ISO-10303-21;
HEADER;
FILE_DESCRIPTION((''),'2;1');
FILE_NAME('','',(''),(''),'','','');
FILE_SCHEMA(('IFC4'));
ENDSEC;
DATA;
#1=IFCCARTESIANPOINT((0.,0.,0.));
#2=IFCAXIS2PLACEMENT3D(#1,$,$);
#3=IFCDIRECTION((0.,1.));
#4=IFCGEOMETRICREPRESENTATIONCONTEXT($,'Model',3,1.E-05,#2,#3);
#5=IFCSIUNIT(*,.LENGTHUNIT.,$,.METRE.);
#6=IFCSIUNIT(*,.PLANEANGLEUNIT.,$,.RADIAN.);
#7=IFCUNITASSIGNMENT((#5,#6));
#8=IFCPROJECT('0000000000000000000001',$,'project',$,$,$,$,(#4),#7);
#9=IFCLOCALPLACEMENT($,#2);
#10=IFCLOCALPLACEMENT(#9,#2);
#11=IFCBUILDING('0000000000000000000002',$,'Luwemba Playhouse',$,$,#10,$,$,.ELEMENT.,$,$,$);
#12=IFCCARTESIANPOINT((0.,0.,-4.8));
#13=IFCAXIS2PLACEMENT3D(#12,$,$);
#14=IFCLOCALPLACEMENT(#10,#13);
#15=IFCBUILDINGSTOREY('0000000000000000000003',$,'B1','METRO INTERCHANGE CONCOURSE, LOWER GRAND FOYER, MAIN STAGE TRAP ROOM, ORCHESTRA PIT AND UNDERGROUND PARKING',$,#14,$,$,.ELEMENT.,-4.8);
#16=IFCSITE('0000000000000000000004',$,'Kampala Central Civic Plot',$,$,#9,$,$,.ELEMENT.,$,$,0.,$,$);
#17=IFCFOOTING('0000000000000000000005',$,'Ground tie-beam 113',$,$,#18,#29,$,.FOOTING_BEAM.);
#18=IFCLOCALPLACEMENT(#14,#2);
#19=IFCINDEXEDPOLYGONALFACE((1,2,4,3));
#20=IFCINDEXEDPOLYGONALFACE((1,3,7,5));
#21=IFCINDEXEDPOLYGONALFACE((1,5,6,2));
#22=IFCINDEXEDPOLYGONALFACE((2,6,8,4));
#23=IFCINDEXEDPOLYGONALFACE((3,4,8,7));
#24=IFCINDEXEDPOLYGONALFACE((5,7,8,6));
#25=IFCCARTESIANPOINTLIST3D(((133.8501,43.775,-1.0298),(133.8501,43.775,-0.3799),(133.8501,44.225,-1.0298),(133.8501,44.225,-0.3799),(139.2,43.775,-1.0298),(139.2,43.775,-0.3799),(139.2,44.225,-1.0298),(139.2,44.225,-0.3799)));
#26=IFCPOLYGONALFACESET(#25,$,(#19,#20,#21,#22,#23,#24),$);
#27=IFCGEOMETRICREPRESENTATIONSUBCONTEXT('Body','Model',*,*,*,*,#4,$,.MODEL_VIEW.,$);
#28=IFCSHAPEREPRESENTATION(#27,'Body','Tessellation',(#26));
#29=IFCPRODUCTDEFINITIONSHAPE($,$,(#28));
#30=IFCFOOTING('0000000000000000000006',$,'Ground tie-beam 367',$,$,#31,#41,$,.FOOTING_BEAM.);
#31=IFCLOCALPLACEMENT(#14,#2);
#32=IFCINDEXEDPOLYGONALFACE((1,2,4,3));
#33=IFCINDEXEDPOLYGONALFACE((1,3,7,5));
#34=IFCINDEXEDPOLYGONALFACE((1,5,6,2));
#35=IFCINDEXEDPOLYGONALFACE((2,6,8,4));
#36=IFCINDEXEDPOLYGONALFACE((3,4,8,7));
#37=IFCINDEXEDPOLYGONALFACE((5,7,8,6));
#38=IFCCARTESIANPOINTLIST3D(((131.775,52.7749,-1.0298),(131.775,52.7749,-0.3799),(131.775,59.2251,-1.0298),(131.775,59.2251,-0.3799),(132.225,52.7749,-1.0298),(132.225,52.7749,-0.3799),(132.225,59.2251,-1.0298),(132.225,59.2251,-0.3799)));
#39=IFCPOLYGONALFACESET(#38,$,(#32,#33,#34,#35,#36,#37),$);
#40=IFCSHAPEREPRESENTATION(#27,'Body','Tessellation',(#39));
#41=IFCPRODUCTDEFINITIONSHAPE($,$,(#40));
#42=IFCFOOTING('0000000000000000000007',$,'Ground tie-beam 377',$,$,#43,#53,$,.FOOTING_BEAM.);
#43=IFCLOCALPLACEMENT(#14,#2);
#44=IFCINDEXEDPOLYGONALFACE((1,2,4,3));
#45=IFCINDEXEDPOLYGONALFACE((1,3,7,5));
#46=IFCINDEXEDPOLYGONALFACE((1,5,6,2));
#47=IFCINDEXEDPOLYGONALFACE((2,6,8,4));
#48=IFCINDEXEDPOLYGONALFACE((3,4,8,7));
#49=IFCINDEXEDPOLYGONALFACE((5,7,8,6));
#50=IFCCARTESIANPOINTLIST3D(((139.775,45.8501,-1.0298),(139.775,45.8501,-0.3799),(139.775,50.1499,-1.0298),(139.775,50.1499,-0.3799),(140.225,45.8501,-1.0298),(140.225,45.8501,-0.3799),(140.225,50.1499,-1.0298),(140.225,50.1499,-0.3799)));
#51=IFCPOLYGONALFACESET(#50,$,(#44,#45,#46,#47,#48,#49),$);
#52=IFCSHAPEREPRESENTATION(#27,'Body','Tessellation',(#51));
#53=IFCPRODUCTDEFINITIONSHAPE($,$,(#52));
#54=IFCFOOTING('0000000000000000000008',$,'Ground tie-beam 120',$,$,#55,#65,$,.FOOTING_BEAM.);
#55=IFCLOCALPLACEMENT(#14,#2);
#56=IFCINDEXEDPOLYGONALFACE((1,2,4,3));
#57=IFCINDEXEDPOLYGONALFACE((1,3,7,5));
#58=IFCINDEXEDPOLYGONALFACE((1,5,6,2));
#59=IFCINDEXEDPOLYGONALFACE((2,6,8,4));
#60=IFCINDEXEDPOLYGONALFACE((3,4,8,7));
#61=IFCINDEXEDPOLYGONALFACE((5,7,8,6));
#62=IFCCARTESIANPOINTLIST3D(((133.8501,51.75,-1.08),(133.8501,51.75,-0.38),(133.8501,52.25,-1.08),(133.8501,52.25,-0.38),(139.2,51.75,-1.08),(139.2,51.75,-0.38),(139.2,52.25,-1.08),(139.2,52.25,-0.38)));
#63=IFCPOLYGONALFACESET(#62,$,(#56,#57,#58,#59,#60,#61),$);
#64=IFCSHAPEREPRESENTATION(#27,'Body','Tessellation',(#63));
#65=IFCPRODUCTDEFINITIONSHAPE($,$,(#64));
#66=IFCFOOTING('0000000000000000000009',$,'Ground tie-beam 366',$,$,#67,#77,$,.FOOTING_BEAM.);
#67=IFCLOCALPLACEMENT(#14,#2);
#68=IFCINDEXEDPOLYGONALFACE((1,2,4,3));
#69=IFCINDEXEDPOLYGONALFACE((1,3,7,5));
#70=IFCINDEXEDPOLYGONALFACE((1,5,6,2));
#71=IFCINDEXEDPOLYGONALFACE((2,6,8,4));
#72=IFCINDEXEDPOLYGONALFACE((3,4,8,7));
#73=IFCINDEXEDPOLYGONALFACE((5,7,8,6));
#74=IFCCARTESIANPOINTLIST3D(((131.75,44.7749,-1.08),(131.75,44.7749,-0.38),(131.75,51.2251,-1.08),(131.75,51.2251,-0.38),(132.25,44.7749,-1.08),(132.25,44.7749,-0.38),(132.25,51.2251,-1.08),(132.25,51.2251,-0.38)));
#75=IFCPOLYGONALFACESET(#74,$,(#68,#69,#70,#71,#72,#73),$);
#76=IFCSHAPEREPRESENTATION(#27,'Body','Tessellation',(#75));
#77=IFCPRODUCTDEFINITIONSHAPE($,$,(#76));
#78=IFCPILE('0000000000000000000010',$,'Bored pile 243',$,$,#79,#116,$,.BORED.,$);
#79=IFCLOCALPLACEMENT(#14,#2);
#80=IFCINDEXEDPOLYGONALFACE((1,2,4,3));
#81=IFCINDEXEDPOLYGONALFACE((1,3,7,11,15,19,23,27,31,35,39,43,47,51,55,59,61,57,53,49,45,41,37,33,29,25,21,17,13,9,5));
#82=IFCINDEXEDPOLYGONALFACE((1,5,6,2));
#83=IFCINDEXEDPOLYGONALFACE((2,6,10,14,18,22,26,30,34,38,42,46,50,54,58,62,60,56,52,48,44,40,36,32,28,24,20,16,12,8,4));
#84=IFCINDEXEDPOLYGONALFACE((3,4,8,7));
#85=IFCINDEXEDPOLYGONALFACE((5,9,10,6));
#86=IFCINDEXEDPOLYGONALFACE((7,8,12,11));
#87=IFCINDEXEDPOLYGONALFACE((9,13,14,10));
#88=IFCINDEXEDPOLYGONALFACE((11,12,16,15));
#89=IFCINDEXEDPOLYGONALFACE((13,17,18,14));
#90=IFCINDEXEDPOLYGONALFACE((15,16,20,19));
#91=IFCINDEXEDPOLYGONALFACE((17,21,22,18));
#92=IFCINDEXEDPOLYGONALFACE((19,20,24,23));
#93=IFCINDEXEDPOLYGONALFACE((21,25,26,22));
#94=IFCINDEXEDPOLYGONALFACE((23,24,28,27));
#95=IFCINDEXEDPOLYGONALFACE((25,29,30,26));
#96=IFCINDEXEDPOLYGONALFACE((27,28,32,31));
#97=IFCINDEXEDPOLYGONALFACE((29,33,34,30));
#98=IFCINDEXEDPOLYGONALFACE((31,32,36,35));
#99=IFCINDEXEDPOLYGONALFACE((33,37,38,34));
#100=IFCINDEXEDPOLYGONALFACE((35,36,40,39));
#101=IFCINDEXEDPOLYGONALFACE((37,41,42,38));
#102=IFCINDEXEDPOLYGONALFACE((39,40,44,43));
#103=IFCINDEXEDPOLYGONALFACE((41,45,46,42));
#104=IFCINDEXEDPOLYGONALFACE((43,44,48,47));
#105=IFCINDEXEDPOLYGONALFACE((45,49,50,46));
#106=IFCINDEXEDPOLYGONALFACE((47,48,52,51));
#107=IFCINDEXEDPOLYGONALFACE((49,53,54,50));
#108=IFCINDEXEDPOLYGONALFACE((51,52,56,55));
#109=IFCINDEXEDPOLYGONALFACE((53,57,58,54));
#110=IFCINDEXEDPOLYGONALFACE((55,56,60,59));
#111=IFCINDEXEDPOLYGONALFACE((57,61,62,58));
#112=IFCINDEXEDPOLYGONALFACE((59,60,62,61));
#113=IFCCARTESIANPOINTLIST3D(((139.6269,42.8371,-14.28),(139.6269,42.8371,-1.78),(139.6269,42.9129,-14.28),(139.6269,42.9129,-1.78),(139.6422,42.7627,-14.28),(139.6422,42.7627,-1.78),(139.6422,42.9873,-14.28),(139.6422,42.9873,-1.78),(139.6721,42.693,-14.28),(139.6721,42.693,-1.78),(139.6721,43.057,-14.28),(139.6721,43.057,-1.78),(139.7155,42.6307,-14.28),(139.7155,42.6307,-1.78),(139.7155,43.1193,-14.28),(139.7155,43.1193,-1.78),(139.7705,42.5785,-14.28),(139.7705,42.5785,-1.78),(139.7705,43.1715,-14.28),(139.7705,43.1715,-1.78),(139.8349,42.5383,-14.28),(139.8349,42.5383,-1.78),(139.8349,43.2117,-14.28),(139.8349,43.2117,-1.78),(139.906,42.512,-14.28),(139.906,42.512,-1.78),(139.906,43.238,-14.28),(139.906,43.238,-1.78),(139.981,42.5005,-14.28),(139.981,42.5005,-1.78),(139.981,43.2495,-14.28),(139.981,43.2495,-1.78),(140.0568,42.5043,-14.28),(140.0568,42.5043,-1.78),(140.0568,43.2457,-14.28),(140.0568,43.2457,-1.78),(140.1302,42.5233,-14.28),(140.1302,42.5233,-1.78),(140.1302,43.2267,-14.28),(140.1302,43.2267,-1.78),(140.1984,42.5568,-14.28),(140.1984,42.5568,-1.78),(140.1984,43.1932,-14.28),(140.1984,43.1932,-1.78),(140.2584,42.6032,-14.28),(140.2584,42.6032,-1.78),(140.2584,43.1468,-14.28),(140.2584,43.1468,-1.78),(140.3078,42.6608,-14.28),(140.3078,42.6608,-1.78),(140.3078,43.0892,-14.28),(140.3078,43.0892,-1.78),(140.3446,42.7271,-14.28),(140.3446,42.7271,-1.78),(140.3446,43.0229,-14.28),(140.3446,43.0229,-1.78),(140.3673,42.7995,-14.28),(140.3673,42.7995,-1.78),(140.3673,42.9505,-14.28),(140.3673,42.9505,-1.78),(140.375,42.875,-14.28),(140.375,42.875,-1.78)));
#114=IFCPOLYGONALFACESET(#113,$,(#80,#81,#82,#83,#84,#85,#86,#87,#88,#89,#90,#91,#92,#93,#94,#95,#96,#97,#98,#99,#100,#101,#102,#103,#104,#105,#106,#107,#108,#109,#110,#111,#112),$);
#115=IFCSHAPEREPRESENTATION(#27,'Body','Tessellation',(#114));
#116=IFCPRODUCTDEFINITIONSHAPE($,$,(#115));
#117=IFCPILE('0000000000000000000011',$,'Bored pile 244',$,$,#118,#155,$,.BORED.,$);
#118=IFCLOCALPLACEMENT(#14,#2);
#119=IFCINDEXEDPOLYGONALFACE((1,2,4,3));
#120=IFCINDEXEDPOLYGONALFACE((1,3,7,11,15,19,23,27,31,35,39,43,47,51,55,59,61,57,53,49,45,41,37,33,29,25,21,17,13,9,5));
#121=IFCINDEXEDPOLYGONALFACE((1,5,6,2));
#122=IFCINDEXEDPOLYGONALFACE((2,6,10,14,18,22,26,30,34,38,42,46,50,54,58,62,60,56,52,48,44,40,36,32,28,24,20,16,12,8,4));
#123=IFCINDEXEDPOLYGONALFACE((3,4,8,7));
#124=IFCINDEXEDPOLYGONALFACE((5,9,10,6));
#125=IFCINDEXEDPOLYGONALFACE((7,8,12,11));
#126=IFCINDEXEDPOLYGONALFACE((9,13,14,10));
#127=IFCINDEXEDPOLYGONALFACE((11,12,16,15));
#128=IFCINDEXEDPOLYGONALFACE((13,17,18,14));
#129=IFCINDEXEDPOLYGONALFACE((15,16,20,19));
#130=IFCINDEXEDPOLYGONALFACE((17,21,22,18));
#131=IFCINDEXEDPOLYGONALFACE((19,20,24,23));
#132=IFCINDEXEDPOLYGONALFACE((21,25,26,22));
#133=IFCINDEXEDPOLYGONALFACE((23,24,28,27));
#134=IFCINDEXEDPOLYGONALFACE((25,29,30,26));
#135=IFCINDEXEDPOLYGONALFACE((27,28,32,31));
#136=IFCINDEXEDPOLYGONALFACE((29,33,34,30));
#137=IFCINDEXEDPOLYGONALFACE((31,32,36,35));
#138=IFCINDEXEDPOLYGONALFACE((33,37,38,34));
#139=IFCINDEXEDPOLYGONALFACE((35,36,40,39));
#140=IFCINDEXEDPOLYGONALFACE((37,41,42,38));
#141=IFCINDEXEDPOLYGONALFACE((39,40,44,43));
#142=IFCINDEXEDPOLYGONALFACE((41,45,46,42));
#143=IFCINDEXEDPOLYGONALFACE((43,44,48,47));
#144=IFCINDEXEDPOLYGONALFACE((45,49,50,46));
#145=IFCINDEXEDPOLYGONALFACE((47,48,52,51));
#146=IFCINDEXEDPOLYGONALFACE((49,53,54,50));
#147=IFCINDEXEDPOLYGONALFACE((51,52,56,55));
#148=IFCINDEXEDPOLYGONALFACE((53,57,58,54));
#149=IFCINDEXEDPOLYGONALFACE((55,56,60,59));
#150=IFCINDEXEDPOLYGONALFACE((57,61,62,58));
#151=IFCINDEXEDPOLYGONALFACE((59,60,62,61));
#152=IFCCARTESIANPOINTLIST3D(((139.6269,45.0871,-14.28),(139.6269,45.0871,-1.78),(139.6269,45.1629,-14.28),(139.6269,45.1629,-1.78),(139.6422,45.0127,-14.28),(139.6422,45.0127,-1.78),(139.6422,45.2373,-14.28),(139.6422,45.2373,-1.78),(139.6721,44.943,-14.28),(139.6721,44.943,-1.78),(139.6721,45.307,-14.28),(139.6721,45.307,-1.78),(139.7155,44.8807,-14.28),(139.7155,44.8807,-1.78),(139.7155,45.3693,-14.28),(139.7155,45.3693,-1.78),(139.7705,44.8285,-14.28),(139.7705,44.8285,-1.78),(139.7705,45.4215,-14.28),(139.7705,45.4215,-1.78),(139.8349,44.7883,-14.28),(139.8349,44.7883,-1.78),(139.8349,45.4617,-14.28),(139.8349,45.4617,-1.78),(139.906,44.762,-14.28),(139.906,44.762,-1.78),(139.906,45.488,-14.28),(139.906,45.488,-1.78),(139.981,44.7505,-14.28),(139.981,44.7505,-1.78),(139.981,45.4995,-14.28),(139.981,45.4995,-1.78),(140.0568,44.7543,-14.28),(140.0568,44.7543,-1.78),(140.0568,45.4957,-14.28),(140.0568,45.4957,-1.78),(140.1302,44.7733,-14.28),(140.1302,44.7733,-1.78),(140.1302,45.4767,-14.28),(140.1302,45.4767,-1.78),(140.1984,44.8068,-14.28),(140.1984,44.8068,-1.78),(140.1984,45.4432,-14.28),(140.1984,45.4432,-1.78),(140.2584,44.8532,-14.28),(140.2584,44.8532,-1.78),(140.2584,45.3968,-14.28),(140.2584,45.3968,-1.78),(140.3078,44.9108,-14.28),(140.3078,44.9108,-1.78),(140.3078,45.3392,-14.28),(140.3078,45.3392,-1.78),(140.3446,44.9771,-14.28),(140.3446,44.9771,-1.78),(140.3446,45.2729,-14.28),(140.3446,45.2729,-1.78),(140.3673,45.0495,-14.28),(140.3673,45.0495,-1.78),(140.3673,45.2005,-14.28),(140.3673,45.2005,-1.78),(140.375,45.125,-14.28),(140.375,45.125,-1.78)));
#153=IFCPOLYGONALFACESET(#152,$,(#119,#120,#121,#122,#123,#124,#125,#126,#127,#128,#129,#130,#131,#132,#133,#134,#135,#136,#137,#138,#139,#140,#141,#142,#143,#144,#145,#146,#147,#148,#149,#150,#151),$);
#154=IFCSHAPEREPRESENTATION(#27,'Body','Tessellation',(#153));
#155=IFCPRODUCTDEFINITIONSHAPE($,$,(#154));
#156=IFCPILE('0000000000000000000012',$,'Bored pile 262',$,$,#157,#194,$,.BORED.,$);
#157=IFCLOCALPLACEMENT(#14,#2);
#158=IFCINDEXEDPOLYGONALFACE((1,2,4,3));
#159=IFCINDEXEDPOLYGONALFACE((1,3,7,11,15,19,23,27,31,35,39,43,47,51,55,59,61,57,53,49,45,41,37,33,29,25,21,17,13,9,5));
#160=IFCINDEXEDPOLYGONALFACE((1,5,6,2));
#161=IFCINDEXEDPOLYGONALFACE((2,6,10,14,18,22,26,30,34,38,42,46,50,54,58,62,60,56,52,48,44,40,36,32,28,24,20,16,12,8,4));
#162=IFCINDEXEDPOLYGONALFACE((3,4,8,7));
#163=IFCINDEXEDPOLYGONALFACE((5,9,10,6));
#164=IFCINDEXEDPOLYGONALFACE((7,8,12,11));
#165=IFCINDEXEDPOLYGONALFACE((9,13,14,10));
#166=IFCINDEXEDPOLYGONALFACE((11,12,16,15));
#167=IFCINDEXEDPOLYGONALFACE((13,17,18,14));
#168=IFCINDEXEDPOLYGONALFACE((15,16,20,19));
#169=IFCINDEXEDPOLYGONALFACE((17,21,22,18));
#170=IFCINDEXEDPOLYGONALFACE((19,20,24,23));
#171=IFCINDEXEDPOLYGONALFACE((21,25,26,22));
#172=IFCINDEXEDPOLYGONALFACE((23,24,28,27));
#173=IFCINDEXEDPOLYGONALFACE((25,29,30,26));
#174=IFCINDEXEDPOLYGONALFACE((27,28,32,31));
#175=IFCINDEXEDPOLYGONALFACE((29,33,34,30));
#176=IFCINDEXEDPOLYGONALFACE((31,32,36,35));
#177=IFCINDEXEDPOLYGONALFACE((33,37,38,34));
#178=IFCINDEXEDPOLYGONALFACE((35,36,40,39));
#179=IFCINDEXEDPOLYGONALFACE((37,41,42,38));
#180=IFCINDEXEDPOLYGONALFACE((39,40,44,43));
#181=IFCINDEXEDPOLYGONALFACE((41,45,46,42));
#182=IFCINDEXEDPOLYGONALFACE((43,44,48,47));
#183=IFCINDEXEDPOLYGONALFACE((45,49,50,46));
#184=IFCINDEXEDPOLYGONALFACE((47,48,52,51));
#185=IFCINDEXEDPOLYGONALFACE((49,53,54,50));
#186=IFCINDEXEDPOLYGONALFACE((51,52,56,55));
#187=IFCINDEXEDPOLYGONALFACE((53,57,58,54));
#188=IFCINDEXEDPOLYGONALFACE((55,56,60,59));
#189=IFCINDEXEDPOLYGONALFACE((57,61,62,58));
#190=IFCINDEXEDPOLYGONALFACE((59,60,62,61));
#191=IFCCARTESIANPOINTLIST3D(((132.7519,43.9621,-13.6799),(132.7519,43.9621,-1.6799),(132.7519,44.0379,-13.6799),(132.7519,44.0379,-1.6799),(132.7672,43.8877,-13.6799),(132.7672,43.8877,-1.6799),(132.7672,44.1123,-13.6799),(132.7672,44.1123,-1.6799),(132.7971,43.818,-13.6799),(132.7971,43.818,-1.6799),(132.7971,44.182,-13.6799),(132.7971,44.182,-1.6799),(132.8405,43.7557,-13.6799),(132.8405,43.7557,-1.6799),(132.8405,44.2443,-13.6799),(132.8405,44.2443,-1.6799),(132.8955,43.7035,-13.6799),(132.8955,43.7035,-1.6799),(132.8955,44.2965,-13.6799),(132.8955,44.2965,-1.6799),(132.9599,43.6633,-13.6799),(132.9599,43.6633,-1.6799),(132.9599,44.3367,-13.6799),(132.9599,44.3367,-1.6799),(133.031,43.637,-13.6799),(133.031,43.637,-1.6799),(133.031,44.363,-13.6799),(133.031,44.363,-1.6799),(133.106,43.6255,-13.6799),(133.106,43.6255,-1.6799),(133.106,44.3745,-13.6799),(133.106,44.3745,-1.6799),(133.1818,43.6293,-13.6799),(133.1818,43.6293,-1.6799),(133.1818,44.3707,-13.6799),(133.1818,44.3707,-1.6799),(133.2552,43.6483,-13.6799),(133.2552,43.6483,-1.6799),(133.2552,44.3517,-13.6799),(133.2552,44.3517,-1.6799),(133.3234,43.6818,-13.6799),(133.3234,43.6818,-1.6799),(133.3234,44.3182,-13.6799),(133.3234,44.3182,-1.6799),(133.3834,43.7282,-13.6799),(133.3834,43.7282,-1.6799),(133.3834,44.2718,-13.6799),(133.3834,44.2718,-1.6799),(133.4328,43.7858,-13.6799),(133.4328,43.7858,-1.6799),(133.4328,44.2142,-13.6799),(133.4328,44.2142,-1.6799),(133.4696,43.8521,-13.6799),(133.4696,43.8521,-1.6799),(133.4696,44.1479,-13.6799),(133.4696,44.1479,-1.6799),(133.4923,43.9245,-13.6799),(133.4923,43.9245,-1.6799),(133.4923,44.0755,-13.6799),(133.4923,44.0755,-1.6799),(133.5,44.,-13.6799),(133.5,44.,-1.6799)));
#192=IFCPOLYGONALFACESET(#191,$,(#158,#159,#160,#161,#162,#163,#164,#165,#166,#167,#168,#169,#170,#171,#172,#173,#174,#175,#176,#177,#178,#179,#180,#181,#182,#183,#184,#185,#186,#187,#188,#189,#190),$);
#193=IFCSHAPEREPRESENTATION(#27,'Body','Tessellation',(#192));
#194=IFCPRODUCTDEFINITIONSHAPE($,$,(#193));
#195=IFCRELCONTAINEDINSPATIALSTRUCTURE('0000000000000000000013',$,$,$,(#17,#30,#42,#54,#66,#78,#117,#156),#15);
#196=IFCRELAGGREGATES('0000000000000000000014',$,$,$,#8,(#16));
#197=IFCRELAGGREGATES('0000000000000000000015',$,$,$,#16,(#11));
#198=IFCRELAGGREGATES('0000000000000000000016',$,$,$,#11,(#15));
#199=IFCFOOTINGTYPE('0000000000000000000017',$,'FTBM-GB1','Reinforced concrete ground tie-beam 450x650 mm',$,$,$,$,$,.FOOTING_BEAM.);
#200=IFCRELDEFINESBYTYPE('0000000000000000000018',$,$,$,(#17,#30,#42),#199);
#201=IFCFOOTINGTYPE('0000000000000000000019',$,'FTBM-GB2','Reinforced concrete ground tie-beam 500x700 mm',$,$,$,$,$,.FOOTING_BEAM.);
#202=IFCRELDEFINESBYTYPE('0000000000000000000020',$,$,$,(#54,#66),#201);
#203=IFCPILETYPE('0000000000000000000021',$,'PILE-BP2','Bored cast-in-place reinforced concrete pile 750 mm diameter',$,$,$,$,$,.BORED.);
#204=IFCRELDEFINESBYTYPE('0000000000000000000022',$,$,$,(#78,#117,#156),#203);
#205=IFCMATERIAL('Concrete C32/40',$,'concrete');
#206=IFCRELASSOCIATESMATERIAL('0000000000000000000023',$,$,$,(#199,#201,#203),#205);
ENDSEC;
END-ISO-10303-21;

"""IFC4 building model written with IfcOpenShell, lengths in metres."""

from ifc_helpers import new_model, si_unit, direction, frame, origin, origin_2d, place, context, subcontext, project, spatial, rectangle, circle, extrude, material, material_profile, profile_set, type_object, element, save


model = new_model("IFC4")

# Units and contexts
model_context = context("Model", 3, precision=1e-05, world=origin(), true_north=direction((0.0, 1.0)))
body_context = subcontext(model_context, "Body", "Model", "MODEL_VIEW")
ifc_project = project(units=[si_unit("LENGTHUNIT", "METRE"), si_unit("PLANEANGLEUNIT", "RADIAN")], contexts=[model_context])

# Site, building, storey
site_placement = place(None, origin())
site = spatial("IfcSite", under=ifc_project, at=site_placement, Name="Kampala Central Civic Plot", CompositionType="ELEMENT", RefElevation=0.0)
building_placement = place(site_placement, origin())
building = spatial("IfcBuilding", under=site, at=building_placement, Name="Luwemba Playhouse", CompositionType="ELEMENT")
storey_placement = place(building_placement, frame((0.0, 0.0, -4.8)))
storey = spatial("IfcBuildingStorey", under=building, at=storey_placement, Name="B1", Description="METRO INTERCHANGE CONCOURSE, LOWER GRAND FOYER, MAIN STAGE TRAP ROOM, ORCHESTRA PIT AND UNDERGROUND PARKING", CompositionType="ELEMENT", Elevation=-4.8)

# Footings
ifc_material_1 = material(Name="Concrete C32/40", Category="concrete")
ifc_material_profile_1 = material_profile(ifc_material_1, rectangle(XDim=0.45, YDim=0.6499, at=origin_2d()))
ifc_profile_set_1 = profile_set([ifc_material_profile_1], Name="Concrete C32/40")
footing_type_1 = type_object("IfcFootingType", Name="FTBM-GB1", Description="Reinforced concrete ground tie-beam 450x650 mm", PredefinedType="FOOTING_BEAM", material=ifc_profile_set_1)
footing_1_placement = place(storey_placement, frame((133.8501, 44.0, -0.7048), z_axis=(1.0, 0.0, 0.0), x_axis=(0.0, 1.0, 0.0)))
element("IfcFooting", 1, at=footing_1_placement, inside=storey, type_object=footing_type_1, Name="Ground tie-beam 113", PredefinedType="FOOTING_BEAM", context=body_context, shape_type="SweptSolid", body=[
    extrude(rectangle(XDim=0.45, YDim=0.6499, at=origin_2d()), origin(), (0.0, 0.0, 1.0), 5.3499),
])
footing_2_placement = place(storey_placement, frame((132.0, 52.7749, -0.7048), z_axis=(0.0, 1.0, 0.0), x_axis=(-1.0, 0.0, 0.0)))
element("IfcFooting", 2, at=footing_2_placement, inside=storey, type_object=footing_type_1, Name="Ground tie-beam 367", PredefinedType="FOOTING_BEAM", context=body_context, shape_type="SweptSolid", body=[
    extrude(rectangle(XDim=0.45, YDim=0.6499, at=origin_2d()), origin(), (0.0, 0.0, 1.0), 6.4502),
])
footing_3_placement = place(storey_placement, frame((140.0, 45.8501, -0.7048), z_axis=(0.0, 1.0, 0.0), x_axis=(-1.0, 0.0, 0.0)))
element("IfcFooting", 3, at=footing_3_placement, inside=storey, type_object=footing_type_1, Name="Ground tie-beam 377", PredefinedType="FOOTING_BEAM", context=body_context, shape_type="SweptSolid", body=[
    extrude(rectangle(XDim=0.45, YDim=0.6499, at=origin_2d()), origin(), (0.0, 0.0, 1.0), 4.2998),
])
ifc_material_profile_2 = material_profile(ifc_material_1, rectangle(XDim=0.5, YDim=0.7, at=origin_2d()))
ifc_profile_set_2 = profile_set([ifc_material_profile_2], Name="Concrete C32/40")
footing_type_2 = type_object("IfcFootingType", Name="FTBM-GB2", Description="Reinforced concrete ground tie-beam 500x700 mm", PredefinedType="FOOTING_BEAM", material=ifc_profile_set_2)
footing_4_placement = place(storey_placement, frame((133.8501, 52.0, -0.73), z_axis=(1.0, 0.0, 0.0), x_axis=(0.0, 1.0, 0.0)))
element("IfcFooting", 4, at=footing_4_placement, inside=storey, type_object=footing_type_2, Name="Ground tie-beam 120", PredefinedType="FOOTING_BEAM", context=body_context, shape_type="SweptSolid", body=[
    extrude(rectangle(XDim=0.5, YDim=0.7, at=origin_2d()), origin(), (0.0, 0.0, 1.0), 5.3499),
])
footing_5_placement = place(storey_placement, frame((132.0, 44.7749, -0.73), z_axis=(0.0, 1.0, 0.0), x_axis=(-1.0, 0.0, 0.0)))
element("IfcFooting", 5, at=footing_5_placement, inside=storey, type_object=footing_type_2, Name="Ground tie-beam 366", PredefinedType="FOOTING_BEAM", context=body_context, shape_type="SweptSolid", body=[
    extrude(rectangle(XDim=0.5, YDim=0.7, at=origin_2d()), origin(), (0.0, 0.0, 1.0), 6.4502),
])

# Piles
ifc_material_profile_3 = material_profile(ifc_material_1, circle(Radius=0.375, at=origin_2d()))
ifc_profile_set_3 = profile_set([ifc_material_profile_3], Name="Concrete C32/40")
pile_type = type_object("IfcPileType", Name="PILE-BP2", Description="Bored cast-in-place reinforced concrete pile 750 mm diameter", PredefinedType="BORED", material=ifc_profile_set_3)
for number, where, z_axis, x_axis, name in (
    (6, (140.0, 42.875, -1.78), (0.0, 0.0, -1.0), (1.0, 0.0, 0.0), "Bored pile 243"),
    (7, (140.0, 45.125, -1.78), (0.0, 0.0, -1.0), (1.0, 0.0, 0.0), "Bored pile 244"),
):
    element("IfcPile", number, at=place(storey_placement, frame(where, z_axis=z_axis, x_axis=x_axis)), inside=storey, type_object=pile_type, Name=name, PredefinedType="BORED", context=body_context, shape_type="SweptSolid", body=[
        extrude(circle(Radius=0.375, at=origin_2d()), origin(), (0.0, 0.0, 1.0), 12.5),
    ])
pile_1_placement = place(storey_placement, frame((133.125, 44.0, -1.6799), z_axis=(0.0, 0.0, -1.0), x_axis=(1.0, 0.0, 0.0)))
element("IfcPile", 8, at=pile_1_placement, inside=storey, type_object=pile_type, Name="Bored pile 262", PredefinedType="BORED", context=body_context, shape_type="SweptSolid", body=[
    extrude(circle(Radius=0.375, at=origin_2d()), origin(), (0.0, 0.0, 1.0), 12.0),
])

save(model, "model.ifc")
